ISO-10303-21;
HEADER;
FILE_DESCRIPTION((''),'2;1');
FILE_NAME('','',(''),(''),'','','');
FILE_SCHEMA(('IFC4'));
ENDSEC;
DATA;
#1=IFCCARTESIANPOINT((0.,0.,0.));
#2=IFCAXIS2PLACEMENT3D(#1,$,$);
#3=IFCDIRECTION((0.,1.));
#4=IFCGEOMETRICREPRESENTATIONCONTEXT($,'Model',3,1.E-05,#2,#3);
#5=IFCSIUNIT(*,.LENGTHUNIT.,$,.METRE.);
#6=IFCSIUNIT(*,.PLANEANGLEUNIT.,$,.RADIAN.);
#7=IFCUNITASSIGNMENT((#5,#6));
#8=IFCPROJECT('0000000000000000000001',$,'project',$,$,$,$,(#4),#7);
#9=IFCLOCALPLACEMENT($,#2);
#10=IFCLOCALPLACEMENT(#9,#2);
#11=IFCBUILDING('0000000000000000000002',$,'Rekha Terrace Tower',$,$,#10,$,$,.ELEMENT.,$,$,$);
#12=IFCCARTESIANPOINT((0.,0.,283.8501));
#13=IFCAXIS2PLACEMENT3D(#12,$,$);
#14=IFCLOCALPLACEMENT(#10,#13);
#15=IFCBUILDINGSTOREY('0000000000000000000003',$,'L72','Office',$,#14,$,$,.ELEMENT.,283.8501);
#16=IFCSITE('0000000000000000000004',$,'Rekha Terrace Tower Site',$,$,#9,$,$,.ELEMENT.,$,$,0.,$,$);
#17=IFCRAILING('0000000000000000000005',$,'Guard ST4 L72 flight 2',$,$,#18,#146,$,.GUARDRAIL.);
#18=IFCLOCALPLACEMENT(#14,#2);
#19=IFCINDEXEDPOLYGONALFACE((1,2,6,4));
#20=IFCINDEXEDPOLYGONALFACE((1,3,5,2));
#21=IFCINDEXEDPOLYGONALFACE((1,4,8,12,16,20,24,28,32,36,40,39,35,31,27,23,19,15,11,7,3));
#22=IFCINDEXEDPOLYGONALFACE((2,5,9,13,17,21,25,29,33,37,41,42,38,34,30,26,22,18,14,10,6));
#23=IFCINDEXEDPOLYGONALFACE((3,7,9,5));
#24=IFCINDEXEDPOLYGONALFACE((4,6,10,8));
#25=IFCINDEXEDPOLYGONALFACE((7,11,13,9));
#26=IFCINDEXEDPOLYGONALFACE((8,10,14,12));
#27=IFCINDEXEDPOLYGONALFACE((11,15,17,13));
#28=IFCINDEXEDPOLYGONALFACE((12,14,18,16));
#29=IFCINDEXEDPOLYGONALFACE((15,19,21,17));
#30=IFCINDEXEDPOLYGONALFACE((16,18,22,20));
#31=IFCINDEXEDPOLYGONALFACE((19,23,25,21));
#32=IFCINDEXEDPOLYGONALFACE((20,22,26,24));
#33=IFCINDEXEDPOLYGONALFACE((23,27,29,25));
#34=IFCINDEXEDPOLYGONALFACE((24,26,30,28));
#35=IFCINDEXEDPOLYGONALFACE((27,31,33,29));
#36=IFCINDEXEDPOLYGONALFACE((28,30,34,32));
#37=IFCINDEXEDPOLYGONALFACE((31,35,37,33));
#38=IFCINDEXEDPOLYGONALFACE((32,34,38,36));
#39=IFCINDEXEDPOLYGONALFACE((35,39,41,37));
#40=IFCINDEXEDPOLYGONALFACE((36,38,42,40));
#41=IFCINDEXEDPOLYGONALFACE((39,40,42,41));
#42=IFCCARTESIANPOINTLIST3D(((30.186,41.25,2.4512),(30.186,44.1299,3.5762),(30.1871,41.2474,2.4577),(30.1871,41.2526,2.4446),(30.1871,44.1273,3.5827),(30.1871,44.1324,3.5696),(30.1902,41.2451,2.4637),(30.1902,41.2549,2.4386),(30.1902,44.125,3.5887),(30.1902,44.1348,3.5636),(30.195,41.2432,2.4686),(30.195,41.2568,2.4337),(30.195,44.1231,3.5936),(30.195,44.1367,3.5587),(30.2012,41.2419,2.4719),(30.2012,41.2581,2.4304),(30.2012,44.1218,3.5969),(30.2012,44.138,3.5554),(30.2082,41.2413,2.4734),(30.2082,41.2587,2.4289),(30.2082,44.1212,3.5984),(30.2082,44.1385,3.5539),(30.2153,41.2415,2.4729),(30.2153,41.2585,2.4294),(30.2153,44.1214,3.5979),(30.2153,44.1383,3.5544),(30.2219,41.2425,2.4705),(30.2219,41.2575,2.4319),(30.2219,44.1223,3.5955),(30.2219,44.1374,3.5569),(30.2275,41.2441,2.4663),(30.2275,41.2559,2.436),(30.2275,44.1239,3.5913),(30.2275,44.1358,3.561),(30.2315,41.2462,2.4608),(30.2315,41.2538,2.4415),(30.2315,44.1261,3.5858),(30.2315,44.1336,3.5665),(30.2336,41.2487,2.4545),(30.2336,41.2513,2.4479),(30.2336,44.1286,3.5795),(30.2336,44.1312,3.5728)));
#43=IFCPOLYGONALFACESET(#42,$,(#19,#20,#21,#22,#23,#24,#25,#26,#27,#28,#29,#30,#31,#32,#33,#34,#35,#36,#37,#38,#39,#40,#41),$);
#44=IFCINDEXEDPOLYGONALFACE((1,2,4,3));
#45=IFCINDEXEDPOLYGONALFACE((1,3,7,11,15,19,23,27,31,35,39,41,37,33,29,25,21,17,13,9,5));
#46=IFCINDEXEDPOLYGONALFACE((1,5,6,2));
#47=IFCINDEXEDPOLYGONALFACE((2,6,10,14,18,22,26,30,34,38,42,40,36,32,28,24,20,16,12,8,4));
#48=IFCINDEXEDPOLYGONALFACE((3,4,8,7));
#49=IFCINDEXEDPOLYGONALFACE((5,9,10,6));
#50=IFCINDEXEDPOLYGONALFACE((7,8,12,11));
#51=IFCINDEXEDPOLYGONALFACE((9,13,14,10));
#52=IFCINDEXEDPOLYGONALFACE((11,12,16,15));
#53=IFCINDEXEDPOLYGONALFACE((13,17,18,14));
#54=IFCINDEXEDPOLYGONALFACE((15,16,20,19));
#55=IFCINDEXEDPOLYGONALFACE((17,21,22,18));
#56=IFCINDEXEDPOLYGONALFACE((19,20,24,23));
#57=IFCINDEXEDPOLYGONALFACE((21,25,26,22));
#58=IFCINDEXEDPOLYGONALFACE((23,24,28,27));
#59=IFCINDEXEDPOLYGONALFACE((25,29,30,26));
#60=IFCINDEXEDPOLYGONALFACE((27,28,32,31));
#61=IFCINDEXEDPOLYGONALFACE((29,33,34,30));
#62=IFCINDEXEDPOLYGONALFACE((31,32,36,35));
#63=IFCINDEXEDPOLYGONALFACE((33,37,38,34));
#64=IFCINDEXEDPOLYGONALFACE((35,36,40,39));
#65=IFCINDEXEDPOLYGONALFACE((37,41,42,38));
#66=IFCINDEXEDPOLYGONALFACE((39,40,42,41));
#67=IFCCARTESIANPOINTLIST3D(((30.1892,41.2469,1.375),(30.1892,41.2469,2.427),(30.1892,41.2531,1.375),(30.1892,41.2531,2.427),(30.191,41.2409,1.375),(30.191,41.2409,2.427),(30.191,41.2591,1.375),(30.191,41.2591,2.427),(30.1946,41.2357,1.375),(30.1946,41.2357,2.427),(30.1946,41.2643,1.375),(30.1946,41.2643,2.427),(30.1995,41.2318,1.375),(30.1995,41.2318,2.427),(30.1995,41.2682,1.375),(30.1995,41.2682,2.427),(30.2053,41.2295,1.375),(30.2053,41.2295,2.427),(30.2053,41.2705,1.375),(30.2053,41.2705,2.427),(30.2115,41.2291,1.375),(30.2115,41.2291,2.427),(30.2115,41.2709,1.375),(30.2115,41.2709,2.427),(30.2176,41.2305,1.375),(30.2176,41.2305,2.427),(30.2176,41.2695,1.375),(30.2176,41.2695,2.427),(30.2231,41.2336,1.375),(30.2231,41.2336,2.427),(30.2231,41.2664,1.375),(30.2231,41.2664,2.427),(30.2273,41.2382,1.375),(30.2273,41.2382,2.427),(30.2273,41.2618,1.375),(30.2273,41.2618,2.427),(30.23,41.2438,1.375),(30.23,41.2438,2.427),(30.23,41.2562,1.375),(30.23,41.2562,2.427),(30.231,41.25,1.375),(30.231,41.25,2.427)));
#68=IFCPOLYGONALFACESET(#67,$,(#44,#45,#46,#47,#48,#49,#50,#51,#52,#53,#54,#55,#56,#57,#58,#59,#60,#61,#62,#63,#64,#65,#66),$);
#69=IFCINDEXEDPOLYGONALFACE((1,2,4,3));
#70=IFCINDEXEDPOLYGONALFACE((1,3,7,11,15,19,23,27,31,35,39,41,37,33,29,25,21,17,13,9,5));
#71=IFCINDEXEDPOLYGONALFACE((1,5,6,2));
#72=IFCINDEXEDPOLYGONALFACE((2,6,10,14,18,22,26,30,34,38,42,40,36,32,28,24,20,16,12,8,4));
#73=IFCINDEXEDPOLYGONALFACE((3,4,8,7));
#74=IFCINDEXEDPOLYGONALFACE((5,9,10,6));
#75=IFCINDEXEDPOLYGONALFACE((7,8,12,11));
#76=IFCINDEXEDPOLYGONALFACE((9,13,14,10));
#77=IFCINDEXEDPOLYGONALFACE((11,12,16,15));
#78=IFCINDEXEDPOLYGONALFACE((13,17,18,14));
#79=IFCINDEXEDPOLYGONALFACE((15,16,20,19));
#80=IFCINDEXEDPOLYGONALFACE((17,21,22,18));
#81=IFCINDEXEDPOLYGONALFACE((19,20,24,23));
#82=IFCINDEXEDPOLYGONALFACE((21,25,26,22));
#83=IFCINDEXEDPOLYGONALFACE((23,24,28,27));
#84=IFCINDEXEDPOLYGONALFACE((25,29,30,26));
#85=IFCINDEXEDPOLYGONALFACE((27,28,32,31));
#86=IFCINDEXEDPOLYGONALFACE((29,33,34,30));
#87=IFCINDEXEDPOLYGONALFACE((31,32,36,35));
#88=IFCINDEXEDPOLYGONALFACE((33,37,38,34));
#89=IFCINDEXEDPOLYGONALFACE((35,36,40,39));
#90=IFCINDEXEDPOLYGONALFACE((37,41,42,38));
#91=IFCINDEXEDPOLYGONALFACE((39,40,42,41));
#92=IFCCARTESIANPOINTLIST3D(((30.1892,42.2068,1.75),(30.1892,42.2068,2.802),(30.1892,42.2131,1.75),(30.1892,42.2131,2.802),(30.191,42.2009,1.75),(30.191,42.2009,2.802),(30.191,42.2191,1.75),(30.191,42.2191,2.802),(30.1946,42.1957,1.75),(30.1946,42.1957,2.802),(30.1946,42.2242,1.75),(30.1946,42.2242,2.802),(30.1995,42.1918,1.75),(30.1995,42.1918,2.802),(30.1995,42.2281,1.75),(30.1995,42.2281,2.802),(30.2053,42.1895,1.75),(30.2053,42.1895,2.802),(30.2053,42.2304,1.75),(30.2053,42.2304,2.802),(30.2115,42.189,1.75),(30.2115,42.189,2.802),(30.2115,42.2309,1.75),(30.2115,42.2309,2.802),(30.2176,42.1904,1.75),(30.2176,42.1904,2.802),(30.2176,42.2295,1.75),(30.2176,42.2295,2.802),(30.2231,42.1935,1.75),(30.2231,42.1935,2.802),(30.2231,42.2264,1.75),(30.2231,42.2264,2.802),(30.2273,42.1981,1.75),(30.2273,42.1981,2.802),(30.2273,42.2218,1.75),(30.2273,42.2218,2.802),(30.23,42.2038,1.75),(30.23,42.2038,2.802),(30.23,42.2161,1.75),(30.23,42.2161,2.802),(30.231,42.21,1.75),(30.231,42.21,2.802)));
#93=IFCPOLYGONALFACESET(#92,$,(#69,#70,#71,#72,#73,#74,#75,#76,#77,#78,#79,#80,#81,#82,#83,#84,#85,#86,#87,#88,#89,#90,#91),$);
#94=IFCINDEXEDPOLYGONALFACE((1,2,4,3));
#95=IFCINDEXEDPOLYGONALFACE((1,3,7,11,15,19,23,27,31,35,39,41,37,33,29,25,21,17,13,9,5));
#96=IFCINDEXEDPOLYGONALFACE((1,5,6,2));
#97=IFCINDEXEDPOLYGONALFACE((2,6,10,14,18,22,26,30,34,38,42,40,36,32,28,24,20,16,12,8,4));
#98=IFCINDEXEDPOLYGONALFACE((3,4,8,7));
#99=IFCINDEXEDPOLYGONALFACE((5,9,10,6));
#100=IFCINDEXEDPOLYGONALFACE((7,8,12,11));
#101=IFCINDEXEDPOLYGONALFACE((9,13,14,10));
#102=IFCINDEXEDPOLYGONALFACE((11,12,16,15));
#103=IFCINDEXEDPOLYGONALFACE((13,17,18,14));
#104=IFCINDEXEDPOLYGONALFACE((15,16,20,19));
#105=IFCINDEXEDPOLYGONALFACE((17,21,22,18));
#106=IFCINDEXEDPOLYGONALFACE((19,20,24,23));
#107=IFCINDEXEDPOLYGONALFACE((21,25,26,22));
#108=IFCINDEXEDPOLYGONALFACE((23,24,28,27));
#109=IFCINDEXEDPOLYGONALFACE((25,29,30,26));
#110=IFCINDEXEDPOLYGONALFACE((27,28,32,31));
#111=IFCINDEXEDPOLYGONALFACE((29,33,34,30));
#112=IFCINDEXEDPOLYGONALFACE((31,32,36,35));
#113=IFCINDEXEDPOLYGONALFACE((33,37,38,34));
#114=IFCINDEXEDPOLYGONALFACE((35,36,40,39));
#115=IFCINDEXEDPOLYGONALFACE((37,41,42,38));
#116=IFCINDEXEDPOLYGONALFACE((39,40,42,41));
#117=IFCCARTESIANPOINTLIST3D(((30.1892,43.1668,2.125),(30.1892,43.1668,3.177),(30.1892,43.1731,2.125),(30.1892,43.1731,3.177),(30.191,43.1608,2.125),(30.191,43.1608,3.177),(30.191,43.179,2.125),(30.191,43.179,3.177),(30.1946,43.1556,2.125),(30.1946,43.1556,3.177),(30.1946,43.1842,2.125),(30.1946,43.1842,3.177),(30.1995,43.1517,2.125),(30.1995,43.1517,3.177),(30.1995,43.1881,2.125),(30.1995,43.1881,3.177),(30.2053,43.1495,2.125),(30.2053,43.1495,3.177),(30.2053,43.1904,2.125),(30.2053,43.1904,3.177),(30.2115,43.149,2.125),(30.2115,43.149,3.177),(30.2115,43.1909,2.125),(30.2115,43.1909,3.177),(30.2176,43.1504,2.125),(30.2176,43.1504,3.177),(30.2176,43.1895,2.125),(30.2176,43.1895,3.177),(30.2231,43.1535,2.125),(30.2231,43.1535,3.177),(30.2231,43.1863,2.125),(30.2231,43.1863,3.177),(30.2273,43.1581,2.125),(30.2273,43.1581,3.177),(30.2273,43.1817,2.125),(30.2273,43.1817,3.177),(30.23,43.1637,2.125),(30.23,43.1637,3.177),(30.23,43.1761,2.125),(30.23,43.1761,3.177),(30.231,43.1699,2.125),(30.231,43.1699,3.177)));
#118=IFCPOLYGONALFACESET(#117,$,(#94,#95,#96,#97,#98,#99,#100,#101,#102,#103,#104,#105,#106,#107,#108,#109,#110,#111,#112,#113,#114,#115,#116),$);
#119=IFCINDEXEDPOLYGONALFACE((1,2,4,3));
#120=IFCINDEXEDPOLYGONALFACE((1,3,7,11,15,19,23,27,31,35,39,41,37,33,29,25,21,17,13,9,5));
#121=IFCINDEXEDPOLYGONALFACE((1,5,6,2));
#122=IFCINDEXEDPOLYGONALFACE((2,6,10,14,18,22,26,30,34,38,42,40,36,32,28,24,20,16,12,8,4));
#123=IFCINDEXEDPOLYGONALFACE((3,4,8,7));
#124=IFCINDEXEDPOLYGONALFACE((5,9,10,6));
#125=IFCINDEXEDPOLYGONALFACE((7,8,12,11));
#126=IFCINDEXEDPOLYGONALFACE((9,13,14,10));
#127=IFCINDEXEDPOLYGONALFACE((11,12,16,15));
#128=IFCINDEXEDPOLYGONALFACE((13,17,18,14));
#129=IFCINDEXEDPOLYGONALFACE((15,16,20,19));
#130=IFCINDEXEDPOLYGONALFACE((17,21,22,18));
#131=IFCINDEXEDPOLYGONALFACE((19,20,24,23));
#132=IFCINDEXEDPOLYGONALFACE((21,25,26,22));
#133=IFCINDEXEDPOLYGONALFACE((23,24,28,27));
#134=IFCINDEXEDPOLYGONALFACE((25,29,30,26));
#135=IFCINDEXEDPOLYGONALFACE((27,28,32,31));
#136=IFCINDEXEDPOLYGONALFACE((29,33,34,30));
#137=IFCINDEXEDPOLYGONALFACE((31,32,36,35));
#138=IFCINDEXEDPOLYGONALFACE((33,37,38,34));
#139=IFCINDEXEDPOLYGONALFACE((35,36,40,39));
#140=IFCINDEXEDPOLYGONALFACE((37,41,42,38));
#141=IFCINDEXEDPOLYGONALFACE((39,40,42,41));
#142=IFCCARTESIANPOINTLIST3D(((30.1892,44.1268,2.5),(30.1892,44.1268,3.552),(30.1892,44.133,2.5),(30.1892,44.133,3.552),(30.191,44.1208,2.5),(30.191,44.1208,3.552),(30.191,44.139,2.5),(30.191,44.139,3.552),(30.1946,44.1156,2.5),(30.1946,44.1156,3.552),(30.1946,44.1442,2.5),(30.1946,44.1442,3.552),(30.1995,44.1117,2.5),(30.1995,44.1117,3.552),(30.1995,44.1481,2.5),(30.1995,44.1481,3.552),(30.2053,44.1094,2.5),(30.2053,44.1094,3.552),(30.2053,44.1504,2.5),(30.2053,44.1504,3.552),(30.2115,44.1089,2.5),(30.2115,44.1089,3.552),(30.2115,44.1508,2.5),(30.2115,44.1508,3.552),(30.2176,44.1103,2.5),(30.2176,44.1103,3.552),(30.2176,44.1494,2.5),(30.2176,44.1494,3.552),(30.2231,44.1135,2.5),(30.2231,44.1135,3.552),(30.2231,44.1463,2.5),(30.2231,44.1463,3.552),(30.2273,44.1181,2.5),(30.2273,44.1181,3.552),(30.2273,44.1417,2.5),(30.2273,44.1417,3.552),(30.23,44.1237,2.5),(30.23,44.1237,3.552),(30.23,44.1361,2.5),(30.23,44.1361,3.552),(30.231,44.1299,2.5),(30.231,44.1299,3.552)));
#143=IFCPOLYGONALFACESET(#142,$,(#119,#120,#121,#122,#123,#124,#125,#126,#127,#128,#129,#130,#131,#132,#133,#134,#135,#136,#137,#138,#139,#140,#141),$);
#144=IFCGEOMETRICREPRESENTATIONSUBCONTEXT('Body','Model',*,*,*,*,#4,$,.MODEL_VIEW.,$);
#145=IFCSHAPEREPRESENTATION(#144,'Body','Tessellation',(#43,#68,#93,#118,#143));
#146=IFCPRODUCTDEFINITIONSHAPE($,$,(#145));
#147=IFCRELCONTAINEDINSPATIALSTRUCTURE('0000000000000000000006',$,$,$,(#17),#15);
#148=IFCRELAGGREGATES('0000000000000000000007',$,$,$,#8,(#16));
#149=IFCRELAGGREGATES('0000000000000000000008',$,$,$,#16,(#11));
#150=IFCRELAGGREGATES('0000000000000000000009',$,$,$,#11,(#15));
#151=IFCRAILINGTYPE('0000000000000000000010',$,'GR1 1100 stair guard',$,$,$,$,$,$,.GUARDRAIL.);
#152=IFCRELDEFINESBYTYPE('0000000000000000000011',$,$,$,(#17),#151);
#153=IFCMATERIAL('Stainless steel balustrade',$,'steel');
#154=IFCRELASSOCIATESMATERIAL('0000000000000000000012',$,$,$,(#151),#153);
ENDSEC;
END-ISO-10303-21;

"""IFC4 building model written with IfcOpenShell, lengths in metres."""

from ifc_helpers import new_model, si_unit, direction, frame, origin, origin_2d, place, context, subcontext, project, spatial, circle, extrude, material, type_object, element, save


model = new_model("IFC4")

# Units and contexts
model_context = context("Model", 3, precision=1e-05, world=origin(), true_north=direction((0.0, 1.0)))
body_context = subcontext(model_context, "Body", "Model", "MODEL_VIEW")
ifc_project = project(units=[si_unit("LENGTHUNIT", "METRE"), si_unit("PLANEANGLEUNIT", "RADIAN")], contexts=[model_context])

# Site, building, storey
site_placement = place(None, origin())
site = spatial("IfcSite", under=ifc_project, at=site_placement, Name="Rekha Terrace Tower Site", CompositionType="ELEMENT", RefElevation=0.0)
building_placement = place(site_placement, origin())
building = spatial("IfcBuilding", under=site, at=building_placement, Name="Rekha Terrace Tower", CompositionType="ELEMENT")
storey_placement = place(building_placement, frame((0.0, 0.0, 283.8501)))
storey = spatial("IfcBuildingStorey", under=building, at=storey_placement, Name="L72", Description="Office", CompositionType="ELEMENT", Elevation=283.8501)

# Railing
ifc_material_1 = material(Name="Stainless steel balustrade", Category="steel")
railing_type_1 = type_object("IfcRailingType", Name="GR1 1100 stair guard", PredefinedType="GUARDRAIL", material=ifc_material_1)
railing_1_placement = place(storey_placement, frame((30.21, 41.25, 1.375)))
element("IfcRailing", 1, at=railing_1_placement, inside=storey, type_object=railing_type_1, Name="Guard ST4 L72 flight 2", PredefinedType="GUARDRAIL", context=body_context, shape_type="SweptSolid", body=[
    extrude(circle(Radius=0.0239, at=origin_2d()), frame((0.0, 0.0, 1.0762), z_axis=(0.0, 0.931452, 0.363863), x_axis=(-1.0, 0.0, 0.0)), (0.0, 0.0, 1.0), 3.0918),
    extrude(circle(Radius=0.021, at=origin_2d()), origin(), (0.0, 0.0, 1.0), 1.052),
    extrude(circle(Radius=0.021, at=origin_2d()), frame((0.0, 0.96, 0.375)), (0.0, 0.0, 1.0), 1.052),
    extrude(circle(Radius=0.021, at=origin_2d()), frame((0.0, 1.9199, 0.75)), (0.0, 0.0, 1.0), 1.052),
    extrude(circle(Radius=0.021, at=origin_2d()), frame((0.0, 2.8799, 1.125)), (0.0, 0.0, 1.0), 1.052),
])

save(model, "model.ifc")
